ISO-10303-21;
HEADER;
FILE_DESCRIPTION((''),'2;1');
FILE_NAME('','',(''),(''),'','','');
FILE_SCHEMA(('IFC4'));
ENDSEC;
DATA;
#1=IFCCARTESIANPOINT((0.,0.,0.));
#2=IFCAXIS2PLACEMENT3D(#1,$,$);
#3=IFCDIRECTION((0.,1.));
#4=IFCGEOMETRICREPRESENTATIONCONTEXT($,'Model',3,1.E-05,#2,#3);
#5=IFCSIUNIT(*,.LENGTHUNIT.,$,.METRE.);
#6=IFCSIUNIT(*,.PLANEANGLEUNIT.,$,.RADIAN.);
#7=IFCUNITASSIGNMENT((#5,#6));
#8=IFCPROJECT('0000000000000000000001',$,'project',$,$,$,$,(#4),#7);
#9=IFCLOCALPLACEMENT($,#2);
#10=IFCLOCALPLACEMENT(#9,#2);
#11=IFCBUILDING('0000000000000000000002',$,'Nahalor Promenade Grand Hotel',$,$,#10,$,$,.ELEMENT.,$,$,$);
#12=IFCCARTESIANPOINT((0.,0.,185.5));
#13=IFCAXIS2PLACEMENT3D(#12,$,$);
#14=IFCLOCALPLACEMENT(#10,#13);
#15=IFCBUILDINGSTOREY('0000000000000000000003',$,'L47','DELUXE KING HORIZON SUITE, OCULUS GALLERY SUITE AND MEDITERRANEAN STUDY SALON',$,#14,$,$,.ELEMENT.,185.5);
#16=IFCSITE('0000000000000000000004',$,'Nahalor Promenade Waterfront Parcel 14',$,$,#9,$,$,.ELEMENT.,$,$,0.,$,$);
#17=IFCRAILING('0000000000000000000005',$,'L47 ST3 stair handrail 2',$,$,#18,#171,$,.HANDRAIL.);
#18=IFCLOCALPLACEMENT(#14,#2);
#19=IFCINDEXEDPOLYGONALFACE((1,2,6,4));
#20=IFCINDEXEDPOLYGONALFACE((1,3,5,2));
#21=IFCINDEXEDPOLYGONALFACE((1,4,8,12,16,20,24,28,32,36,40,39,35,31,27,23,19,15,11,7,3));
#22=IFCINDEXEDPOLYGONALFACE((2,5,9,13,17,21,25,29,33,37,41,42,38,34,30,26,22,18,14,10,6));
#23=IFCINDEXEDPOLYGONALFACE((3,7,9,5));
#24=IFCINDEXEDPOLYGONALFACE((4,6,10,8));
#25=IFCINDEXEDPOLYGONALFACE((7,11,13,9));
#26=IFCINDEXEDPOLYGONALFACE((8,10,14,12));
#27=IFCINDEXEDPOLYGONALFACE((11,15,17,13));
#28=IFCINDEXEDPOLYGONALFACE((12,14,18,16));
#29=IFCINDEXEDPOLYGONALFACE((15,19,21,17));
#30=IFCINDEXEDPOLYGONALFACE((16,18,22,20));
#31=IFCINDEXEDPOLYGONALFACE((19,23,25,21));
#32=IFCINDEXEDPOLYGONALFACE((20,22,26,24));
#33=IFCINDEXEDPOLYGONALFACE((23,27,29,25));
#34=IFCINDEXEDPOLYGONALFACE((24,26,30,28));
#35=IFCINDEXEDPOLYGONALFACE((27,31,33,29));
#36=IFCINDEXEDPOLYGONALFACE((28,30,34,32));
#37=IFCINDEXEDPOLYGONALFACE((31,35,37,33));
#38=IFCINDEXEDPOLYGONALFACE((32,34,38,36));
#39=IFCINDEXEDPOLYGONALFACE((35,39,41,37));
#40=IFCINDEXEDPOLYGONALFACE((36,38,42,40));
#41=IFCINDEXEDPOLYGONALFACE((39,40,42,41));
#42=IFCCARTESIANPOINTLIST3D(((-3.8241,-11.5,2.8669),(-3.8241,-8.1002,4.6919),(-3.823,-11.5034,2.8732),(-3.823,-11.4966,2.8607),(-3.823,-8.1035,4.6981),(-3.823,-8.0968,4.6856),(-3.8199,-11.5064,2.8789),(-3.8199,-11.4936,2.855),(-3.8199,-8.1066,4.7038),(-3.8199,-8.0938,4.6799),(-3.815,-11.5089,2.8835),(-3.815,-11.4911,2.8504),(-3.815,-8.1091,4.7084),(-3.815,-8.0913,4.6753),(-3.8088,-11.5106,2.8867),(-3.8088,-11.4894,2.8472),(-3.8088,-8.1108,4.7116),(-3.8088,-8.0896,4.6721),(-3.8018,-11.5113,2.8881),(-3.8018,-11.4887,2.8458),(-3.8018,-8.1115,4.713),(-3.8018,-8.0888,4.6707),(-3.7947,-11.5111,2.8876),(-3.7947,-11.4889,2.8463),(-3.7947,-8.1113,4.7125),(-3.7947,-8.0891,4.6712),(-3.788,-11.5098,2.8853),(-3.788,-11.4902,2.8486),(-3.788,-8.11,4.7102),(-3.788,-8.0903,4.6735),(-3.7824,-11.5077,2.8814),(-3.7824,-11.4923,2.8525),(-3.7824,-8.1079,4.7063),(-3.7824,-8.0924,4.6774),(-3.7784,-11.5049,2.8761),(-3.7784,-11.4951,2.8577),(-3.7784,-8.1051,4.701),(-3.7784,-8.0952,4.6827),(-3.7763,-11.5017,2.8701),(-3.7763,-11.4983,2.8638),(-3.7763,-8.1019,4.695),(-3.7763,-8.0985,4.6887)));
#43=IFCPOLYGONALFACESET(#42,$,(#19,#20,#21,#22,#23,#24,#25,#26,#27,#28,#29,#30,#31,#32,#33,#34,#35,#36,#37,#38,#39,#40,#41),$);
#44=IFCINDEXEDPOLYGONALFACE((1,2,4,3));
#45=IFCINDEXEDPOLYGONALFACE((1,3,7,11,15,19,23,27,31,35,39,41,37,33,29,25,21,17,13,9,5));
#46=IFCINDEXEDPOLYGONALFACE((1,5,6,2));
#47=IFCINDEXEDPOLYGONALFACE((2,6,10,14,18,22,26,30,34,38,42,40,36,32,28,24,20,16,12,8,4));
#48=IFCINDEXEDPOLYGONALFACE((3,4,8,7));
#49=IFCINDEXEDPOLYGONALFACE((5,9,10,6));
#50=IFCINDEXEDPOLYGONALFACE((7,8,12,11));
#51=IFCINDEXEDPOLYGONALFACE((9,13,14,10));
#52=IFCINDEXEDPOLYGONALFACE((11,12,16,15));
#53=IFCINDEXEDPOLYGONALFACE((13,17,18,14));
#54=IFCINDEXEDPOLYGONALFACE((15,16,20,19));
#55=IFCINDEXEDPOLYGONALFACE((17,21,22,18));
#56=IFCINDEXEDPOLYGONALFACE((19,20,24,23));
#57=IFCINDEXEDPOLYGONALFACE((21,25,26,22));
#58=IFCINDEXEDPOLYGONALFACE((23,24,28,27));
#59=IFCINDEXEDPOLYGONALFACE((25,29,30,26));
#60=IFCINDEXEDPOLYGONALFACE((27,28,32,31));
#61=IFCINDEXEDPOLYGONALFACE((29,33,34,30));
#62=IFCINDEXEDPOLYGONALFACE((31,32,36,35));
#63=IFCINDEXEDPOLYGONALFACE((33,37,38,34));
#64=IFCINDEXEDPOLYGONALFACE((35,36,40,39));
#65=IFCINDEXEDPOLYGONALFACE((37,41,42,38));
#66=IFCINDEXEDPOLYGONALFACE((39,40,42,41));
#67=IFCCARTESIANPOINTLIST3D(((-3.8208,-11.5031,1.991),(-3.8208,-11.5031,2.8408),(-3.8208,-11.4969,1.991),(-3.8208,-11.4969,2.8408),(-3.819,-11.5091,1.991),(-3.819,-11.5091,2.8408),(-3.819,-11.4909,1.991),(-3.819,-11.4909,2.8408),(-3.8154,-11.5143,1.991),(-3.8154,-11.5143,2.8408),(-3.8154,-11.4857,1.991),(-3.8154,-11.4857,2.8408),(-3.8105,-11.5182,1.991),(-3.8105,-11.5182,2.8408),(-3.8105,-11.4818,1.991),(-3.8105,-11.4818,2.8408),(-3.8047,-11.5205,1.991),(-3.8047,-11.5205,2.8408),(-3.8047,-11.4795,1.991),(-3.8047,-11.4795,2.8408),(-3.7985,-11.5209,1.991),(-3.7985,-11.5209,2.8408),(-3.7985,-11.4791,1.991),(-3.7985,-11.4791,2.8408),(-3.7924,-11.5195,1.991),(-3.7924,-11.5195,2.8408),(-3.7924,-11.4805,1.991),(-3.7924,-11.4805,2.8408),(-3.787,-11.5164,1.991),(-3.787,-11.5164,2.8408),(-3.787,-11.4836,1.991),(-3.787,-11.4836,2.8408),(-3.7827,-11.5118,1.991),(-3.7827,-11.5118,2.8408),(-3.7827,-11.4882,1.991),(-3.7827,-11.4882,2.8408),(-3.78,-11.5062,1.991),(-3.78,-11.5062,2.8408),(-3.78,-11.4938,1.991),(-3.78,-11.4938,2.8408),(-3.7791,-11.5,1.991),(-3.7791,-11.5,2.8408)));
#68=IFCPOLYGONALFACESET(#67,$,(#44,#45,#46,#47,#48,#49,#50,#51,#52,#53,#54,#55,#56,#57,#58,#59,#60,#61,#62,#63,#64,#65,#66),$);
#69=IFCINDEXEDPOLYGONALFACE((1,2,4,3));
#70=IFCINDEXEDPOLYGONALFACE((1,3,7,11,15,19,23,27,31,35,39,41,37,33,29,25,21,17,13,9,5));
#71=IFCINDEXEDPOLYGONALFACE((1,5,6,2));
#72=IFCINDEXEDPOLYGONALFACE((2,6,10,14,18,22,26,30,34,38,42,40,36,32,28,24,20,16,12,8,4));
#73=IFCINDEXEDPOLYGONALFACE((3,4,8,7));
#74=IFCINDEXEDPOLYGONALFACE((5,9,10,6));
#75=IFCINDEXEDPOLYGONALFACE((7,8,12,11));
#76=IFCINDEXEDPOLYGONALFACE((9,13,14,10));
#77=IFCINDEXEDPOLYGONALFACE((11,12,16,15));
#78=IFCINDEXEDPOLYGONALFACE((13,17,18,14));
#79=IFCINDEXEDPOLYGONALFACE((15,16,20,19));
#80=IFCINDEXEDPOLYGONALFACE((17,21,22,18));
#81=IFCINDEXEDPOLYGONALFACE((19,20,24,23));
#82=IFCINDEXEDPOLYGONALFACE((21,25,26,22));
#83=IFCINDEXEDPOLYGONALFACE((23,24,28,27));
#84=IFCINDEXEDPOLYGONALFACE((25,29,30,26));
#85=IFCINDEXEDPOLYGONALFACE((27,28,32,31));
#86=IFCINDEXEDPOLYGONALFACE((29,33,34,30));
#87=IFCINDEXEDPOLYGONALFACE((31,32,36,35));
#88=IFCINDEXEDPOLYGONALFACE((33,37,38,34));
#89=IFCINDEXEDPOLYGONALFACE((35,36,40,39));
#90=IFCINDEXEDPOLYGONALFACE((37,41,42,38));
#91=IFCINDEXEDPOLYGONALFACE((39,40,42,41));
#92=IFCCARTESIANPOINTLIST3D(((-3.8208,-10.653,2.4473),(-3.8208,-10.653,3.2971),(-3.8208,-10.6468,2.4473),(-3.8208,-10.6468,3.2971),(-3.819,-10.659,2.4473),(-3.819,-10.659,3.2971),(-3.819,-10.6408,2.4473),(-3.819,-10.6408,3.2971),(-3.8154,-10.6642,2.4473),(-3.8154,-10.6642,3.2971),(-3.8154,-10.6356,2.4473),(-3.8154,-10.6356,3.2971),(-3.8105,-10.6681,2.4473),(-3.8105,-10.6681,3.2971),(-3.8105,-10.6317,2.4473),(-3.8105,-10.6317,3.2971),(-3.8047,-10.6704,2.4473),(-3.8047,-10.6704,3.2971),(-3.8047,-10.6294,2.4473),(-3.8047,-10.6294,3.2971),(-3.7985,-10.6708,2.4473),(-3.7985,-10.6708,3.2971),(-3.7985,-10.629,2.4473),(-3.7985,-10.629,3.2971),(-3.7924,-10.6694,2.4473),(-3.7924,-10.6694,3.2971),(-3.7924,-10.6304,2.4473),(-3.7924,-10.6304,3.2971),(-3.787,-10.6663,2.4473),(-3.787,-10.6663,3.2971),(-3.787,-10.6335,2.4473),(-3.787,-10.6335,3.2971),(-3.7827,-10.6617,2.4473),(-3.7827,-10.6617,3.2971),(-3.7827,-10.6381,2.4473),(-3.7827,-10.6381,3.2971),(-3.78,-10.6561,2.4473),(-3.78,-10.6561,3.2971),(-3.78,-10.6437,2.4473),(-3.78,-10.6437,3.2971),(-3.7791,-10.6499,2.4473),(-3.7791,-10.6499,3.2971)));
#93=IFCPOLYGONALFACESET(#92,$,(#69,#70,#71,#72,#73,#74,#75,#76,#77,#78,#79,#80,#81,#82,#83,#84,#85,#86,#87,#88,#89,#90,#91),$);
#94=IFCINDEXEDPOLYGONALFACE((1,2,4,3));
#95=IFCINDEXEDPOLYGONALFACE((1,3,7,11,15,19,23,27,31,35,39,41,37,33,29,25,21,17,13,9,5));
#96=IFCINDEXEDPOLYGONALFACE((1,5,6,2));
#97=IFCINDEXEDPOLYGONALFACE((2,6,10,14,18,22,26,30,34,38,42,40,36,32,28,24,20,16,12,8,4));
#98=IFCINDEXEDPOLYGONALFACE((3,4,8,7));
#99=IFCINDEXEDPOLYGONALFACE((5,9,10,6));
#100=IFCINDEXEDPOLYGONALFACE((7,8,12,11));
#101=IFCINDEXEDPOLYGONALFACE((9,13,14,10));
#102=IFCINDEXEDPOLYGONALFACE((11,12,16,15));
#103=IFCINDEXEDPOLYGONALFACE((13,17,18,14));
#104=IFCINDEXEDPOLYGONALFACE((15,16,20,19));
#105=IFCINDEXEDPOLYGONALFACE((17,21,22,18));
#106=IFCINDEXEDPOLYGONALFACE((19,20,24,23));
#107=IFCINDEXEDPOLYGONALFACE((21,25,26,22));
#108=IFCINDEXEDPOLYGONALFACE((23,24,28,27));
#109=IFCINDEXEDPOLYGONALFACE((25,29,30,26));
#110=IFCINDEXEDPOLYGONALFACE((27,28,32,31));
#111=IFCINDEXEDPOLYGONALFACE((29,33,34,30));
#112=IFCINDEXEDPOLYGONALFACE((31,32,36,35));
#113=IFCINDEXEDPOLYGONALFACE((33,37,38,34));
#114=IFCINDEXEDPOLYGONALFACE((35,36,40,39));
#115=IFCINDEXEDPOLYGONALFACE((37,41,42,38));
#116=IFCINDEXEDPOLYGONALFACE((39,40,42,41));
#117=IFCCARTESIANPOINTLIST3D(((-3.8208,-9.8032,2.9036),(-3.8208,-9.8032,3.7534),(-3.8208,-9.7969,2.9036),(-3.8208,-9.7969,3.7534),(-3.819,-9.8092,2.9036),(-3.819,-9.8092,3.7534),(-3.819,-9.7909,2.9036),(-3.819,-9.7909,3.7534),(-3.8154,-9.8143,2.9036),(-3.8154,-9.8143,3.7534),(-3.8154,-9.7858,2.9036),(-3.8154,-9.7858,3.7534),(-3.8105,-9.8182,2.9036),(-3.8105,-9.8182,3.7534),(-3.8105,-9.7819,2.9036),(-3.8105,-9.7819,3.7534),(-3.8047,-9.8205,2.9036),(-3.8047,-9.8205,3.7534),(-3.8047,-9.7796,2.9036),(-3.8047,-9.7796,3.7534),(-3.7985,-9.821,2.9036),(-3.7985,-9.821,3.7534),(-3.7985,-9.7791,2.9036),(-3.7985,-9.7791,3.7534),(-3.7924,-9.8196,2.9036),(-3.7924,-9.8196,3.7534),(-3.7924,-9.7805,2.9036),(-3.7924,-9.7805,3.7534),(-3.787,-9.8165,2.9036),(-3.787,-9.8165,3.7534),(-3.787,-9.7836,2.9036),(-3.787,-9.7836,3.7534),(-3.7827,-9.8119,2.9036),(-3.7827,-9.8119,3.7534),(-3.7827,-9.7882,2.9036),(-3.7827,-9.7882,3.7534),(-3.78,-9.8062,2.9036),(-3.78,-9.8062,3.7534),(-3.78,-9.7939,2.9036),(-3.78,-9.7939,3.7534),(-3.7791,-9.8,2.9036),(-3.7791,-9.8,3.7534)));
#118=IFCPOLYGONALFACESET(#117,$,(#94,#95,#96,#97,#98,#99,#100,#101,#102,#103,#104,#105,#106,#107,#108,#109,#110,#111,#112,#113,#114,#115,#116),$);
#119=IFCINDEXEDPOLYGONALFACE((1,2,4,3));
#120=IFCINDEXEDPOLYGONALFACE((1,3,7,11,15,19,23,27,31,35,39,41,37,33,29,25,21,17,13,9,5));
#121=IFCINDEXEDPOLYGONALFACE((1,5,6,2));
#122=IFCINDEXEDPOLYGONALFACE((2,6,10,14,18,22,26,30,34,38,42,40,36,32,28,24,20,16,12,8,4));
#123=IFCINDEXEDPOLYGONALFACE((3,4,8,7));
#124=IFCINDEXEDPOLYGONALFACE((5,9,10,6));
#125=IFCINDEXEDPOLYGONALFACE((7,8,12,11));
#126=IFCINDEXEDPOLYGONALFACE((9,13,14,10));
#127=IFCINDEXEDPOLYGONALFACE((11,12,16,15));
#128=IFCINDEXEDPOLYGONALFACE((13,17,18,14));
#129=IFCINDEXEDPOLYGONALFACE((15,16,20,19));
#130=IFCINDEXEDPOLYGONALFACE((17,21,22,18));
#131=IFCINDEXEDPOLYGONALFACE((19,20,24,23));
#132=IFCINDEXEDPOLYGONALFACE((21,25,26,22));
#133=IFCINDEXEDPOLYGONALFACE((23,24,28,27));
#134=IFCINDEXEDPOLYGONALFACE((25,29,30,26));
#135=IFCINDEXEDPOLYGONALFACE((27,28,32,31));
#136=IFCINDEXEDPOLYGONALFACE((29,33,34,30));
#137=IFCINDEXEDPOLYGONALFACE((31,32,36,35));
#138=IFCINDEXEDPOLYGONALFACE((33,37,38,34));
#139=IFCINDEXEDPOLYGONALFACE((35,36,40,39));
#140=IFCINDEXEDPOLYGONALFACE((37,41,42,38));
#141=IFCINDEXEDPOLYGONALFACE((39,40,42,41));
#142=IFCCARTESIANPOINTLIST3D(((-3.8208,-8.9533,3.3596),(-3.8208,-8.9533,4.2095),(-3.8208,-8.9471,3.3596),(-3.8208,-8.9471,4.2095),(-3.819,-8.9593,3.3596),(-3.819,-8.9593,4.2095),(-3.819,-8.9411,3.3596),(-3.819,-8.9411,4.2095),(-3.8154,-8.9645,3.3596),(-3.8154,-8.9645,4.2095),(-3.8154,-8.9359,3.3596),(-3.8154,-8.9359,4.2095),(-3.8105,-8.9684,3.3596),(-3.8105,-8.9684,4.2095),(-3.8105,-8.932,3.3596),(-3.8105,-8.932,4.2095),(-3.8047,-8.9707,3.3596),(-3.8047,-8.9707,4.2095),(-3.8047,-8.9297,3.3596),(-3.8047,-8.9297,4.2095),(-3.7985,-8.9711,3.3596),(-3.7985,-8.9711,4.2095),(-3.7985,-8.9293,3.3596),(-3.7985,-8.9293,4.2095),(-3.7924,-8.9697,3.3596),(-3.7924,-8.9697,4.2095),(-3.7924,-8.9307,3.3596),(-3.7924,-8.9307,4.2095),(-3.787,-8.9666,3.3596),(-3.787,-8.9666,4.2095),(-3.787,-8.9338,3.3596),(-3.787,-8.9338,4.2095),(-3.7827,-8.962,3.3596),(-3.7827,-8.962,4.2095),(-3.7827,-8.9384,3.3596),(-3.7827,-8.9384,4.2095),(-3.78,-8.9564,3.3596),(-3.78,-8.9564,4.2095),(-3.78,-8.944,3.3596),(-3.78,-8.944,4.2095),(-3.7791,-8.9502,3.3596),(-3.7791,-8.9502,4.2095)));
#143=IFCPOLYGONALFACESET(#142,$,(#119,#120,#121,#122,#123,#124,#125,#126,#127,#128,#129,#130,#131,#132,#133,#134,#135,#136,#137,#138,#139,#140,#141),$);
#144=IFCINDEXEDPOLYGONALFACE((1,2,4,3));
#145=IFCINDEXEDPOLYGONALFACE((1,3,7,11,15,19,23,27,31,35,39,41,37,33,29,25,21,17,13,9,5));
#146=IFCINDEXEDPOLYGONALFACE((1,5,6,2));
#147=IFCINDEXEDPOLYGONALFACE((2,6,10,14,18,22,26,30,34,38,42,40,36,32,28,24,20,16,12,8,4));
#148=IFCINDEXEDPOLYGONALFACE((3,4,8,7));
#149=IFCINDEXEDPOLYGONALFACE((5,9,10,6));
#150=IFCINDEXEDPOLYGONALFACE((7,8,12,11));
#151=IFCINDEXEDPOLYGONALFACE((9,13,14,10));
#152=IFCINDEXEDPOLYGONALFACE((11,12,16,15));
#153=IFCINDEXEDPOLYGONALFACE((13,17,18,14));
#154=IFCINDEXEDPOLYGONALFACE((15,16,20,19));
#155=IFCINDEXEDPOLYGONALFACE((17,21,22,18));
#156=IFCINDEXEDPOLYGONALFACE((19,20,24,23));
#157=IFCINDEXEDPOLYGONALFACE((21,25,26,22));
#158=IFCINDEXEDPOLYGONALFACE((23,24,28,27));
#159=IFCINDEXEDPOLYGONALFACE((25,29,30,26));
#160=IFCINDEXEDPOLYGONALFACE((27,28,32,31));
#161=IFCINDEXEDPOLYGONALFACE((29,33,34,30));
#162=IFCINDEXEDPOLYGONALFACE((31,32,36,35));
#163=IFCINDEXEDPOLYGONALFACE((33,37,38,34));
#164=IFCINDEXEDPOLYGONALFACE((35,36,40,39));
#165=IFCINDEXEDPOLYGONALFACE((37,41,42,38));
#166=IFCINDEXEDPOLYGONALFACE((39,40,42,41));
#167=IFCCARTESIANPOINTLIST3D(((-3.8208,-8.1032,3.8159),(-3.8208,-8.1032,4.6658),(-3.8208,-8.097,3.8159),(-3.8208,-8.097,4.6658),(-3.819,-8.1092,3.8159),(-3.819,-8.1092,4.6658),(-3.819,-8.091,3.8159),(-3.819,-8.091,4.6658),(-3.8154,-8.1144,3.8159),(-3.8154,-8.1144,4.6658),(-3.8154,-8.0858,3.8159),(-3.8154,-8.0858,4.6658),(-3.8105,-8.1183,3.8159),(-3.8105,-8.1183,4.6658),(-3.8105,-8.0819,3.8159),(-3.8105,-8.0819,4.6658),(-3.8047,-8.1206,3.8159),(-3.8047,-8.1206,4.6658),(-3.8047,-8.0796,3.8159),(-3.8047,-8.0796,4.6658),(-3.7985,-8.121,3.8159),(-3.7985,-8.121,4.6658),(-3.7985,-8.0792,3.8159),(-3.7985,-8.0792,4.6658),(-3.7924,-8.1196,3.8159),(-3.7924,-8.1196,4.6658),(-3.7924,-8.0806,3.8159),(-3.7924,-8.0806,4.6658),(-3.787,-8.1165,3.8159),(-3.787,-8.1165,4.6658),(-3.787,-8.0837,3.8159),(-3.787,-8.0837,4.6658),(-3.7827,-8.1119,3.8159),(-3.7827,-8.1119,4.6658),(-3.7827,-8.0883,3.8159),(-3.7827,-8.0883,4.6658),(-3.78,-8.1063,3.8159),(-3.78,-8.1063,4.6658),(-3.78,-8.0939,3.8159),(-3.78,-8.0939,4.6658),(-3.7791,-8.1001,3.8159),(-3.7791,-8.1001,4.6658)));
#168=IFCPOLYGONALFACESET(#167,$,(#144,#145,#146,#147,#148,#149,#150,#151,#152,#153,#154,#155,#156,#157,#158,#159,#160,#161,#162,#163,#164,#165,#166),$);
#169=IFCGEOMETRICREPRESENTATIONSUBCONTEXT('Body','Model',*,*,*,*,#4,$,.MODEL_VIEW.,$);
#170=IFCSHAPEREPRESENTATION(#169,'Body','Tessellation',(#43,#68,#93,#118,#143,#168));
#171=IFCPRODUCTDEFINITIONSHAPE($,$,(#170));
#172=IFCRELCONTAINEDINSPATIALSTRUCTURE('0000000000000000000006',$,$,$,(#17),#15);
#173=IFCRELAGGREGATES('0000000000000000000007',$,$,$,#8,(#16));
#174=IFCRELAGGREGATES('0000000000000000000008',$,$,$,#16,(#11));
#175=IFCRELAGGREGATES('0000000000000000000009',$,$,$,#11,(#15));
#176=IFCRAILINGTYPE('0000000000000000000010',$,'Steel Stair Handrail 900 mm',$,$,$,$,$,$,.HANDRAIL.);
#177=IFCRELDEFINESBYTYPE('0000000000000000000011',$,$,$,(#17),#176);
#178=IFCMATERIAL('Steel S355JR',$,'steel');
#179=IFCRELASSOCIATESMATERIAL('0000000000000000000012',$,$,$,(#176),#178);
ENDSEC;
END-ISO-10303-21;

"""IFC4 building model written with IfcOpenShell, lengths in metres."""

from ifc_helpers import new_model, si_unit, direction, frame, origin, origin_2d, place, context, subcontext, project, spatial, circle, extrude, material, type_object, element, save


model = new_model("IFC4")

# Units and contexts
model_context = context("Model", 3, precision=1e-05, world=origin(), true_north=direction((0.0, 1.0)))
body_context = subcontext(model_context, "Body", "Model", "MODEL_VIEW")
ifc_project = project(units=[si_unit("LENGTHUNIT", "METRE"), si_unit("PLANEANGLEUNIT", "RADIAN")], contexts=[model_context])

# Site, building, storey
site_placement = place(None, origin())
site = spatial("IfcSite", under=ifc_project, at=site_placement, Name="Nahalor Promenade Waterfront Parcel 14", CompositionType="ELEMENT", RefElevation=0.0)
building_placement = place(site_placement, origin())
building = spatial("IfcBuilding", under=site, at=building_placement, Name="Nahalor Promenade Grand Hotel", CompositionType="ELEMENT")
storey_placement = place(building_placement, frame((0.0, 0.0, 185.5)))
storey = spatial("IfcBuildingStorey", under=building, at=storey_placement, Name="L47", Description="DELUXE KING HORIZON SUITE, OCULUS GALLERY SUITE AND MEDITERRANEAN STUDY SALON", CompositionType="ELEMENT", Elevation=185.5)

# Shared definitions
ifc_material_1 = material(Name="Steel S355JR", Category="steel")

# Railing
railing_type_1 = type_object("IfcRailingType", Name="Steel Stair Handrail 900 mm", PredefinedType="HANDRAIL", material=ifc_material_1)
railing_1_placement = place(storey_placement, frame((-3.8, -11.5, 1.991)))
element("IfcRailing", 1, at=railing_1_placement, inside=storey, type_object=railing_type_1, Name="L47 ST3 stair handrail 2", PredefinedType="HANDRAIL", context=body_context, shape_type="SweptSolid", body=[
    extrude(circle(Radius=0.024, at=origin_2d()), frame((0.0, 0.0, 0.876), z_axis=(0.0, 0.881094, 0.472941), x_axis=(-1.0, 0.0, 0.0)), (0.0, 0.0, 1.0), 3.8586),
    extrude(circle(Radius=0.021, at=origin_2d()), origin(), (0.0, 0.0, 1.0), 0.8499),
    extrude(circle(Radius=0.021, at=origin_2d()), frame((0.0, 0.8501, 0.4563)), (0.0, 0.0, 1.0), 0.8499),
    extrude(circle(Radius=0.021, at=origin_2d()), frame((0.0, 1.7, 0.9126)), (0.0, 0.0, 1.0), 0.8499),
    extrude(circle(Radius=0.021, at=origin_2d()), frame((0.0, 2.5498, 1.3687)), (0.0, 0.0, 1.0), 0.8499),
    extrude(circle(Radius=0.021, at=origin_2d()), frame((0.0, 3.3999, 1.825)), (0.0, 0.0, 1.0), 0.8499),
])

save(model, "model.ifc")
